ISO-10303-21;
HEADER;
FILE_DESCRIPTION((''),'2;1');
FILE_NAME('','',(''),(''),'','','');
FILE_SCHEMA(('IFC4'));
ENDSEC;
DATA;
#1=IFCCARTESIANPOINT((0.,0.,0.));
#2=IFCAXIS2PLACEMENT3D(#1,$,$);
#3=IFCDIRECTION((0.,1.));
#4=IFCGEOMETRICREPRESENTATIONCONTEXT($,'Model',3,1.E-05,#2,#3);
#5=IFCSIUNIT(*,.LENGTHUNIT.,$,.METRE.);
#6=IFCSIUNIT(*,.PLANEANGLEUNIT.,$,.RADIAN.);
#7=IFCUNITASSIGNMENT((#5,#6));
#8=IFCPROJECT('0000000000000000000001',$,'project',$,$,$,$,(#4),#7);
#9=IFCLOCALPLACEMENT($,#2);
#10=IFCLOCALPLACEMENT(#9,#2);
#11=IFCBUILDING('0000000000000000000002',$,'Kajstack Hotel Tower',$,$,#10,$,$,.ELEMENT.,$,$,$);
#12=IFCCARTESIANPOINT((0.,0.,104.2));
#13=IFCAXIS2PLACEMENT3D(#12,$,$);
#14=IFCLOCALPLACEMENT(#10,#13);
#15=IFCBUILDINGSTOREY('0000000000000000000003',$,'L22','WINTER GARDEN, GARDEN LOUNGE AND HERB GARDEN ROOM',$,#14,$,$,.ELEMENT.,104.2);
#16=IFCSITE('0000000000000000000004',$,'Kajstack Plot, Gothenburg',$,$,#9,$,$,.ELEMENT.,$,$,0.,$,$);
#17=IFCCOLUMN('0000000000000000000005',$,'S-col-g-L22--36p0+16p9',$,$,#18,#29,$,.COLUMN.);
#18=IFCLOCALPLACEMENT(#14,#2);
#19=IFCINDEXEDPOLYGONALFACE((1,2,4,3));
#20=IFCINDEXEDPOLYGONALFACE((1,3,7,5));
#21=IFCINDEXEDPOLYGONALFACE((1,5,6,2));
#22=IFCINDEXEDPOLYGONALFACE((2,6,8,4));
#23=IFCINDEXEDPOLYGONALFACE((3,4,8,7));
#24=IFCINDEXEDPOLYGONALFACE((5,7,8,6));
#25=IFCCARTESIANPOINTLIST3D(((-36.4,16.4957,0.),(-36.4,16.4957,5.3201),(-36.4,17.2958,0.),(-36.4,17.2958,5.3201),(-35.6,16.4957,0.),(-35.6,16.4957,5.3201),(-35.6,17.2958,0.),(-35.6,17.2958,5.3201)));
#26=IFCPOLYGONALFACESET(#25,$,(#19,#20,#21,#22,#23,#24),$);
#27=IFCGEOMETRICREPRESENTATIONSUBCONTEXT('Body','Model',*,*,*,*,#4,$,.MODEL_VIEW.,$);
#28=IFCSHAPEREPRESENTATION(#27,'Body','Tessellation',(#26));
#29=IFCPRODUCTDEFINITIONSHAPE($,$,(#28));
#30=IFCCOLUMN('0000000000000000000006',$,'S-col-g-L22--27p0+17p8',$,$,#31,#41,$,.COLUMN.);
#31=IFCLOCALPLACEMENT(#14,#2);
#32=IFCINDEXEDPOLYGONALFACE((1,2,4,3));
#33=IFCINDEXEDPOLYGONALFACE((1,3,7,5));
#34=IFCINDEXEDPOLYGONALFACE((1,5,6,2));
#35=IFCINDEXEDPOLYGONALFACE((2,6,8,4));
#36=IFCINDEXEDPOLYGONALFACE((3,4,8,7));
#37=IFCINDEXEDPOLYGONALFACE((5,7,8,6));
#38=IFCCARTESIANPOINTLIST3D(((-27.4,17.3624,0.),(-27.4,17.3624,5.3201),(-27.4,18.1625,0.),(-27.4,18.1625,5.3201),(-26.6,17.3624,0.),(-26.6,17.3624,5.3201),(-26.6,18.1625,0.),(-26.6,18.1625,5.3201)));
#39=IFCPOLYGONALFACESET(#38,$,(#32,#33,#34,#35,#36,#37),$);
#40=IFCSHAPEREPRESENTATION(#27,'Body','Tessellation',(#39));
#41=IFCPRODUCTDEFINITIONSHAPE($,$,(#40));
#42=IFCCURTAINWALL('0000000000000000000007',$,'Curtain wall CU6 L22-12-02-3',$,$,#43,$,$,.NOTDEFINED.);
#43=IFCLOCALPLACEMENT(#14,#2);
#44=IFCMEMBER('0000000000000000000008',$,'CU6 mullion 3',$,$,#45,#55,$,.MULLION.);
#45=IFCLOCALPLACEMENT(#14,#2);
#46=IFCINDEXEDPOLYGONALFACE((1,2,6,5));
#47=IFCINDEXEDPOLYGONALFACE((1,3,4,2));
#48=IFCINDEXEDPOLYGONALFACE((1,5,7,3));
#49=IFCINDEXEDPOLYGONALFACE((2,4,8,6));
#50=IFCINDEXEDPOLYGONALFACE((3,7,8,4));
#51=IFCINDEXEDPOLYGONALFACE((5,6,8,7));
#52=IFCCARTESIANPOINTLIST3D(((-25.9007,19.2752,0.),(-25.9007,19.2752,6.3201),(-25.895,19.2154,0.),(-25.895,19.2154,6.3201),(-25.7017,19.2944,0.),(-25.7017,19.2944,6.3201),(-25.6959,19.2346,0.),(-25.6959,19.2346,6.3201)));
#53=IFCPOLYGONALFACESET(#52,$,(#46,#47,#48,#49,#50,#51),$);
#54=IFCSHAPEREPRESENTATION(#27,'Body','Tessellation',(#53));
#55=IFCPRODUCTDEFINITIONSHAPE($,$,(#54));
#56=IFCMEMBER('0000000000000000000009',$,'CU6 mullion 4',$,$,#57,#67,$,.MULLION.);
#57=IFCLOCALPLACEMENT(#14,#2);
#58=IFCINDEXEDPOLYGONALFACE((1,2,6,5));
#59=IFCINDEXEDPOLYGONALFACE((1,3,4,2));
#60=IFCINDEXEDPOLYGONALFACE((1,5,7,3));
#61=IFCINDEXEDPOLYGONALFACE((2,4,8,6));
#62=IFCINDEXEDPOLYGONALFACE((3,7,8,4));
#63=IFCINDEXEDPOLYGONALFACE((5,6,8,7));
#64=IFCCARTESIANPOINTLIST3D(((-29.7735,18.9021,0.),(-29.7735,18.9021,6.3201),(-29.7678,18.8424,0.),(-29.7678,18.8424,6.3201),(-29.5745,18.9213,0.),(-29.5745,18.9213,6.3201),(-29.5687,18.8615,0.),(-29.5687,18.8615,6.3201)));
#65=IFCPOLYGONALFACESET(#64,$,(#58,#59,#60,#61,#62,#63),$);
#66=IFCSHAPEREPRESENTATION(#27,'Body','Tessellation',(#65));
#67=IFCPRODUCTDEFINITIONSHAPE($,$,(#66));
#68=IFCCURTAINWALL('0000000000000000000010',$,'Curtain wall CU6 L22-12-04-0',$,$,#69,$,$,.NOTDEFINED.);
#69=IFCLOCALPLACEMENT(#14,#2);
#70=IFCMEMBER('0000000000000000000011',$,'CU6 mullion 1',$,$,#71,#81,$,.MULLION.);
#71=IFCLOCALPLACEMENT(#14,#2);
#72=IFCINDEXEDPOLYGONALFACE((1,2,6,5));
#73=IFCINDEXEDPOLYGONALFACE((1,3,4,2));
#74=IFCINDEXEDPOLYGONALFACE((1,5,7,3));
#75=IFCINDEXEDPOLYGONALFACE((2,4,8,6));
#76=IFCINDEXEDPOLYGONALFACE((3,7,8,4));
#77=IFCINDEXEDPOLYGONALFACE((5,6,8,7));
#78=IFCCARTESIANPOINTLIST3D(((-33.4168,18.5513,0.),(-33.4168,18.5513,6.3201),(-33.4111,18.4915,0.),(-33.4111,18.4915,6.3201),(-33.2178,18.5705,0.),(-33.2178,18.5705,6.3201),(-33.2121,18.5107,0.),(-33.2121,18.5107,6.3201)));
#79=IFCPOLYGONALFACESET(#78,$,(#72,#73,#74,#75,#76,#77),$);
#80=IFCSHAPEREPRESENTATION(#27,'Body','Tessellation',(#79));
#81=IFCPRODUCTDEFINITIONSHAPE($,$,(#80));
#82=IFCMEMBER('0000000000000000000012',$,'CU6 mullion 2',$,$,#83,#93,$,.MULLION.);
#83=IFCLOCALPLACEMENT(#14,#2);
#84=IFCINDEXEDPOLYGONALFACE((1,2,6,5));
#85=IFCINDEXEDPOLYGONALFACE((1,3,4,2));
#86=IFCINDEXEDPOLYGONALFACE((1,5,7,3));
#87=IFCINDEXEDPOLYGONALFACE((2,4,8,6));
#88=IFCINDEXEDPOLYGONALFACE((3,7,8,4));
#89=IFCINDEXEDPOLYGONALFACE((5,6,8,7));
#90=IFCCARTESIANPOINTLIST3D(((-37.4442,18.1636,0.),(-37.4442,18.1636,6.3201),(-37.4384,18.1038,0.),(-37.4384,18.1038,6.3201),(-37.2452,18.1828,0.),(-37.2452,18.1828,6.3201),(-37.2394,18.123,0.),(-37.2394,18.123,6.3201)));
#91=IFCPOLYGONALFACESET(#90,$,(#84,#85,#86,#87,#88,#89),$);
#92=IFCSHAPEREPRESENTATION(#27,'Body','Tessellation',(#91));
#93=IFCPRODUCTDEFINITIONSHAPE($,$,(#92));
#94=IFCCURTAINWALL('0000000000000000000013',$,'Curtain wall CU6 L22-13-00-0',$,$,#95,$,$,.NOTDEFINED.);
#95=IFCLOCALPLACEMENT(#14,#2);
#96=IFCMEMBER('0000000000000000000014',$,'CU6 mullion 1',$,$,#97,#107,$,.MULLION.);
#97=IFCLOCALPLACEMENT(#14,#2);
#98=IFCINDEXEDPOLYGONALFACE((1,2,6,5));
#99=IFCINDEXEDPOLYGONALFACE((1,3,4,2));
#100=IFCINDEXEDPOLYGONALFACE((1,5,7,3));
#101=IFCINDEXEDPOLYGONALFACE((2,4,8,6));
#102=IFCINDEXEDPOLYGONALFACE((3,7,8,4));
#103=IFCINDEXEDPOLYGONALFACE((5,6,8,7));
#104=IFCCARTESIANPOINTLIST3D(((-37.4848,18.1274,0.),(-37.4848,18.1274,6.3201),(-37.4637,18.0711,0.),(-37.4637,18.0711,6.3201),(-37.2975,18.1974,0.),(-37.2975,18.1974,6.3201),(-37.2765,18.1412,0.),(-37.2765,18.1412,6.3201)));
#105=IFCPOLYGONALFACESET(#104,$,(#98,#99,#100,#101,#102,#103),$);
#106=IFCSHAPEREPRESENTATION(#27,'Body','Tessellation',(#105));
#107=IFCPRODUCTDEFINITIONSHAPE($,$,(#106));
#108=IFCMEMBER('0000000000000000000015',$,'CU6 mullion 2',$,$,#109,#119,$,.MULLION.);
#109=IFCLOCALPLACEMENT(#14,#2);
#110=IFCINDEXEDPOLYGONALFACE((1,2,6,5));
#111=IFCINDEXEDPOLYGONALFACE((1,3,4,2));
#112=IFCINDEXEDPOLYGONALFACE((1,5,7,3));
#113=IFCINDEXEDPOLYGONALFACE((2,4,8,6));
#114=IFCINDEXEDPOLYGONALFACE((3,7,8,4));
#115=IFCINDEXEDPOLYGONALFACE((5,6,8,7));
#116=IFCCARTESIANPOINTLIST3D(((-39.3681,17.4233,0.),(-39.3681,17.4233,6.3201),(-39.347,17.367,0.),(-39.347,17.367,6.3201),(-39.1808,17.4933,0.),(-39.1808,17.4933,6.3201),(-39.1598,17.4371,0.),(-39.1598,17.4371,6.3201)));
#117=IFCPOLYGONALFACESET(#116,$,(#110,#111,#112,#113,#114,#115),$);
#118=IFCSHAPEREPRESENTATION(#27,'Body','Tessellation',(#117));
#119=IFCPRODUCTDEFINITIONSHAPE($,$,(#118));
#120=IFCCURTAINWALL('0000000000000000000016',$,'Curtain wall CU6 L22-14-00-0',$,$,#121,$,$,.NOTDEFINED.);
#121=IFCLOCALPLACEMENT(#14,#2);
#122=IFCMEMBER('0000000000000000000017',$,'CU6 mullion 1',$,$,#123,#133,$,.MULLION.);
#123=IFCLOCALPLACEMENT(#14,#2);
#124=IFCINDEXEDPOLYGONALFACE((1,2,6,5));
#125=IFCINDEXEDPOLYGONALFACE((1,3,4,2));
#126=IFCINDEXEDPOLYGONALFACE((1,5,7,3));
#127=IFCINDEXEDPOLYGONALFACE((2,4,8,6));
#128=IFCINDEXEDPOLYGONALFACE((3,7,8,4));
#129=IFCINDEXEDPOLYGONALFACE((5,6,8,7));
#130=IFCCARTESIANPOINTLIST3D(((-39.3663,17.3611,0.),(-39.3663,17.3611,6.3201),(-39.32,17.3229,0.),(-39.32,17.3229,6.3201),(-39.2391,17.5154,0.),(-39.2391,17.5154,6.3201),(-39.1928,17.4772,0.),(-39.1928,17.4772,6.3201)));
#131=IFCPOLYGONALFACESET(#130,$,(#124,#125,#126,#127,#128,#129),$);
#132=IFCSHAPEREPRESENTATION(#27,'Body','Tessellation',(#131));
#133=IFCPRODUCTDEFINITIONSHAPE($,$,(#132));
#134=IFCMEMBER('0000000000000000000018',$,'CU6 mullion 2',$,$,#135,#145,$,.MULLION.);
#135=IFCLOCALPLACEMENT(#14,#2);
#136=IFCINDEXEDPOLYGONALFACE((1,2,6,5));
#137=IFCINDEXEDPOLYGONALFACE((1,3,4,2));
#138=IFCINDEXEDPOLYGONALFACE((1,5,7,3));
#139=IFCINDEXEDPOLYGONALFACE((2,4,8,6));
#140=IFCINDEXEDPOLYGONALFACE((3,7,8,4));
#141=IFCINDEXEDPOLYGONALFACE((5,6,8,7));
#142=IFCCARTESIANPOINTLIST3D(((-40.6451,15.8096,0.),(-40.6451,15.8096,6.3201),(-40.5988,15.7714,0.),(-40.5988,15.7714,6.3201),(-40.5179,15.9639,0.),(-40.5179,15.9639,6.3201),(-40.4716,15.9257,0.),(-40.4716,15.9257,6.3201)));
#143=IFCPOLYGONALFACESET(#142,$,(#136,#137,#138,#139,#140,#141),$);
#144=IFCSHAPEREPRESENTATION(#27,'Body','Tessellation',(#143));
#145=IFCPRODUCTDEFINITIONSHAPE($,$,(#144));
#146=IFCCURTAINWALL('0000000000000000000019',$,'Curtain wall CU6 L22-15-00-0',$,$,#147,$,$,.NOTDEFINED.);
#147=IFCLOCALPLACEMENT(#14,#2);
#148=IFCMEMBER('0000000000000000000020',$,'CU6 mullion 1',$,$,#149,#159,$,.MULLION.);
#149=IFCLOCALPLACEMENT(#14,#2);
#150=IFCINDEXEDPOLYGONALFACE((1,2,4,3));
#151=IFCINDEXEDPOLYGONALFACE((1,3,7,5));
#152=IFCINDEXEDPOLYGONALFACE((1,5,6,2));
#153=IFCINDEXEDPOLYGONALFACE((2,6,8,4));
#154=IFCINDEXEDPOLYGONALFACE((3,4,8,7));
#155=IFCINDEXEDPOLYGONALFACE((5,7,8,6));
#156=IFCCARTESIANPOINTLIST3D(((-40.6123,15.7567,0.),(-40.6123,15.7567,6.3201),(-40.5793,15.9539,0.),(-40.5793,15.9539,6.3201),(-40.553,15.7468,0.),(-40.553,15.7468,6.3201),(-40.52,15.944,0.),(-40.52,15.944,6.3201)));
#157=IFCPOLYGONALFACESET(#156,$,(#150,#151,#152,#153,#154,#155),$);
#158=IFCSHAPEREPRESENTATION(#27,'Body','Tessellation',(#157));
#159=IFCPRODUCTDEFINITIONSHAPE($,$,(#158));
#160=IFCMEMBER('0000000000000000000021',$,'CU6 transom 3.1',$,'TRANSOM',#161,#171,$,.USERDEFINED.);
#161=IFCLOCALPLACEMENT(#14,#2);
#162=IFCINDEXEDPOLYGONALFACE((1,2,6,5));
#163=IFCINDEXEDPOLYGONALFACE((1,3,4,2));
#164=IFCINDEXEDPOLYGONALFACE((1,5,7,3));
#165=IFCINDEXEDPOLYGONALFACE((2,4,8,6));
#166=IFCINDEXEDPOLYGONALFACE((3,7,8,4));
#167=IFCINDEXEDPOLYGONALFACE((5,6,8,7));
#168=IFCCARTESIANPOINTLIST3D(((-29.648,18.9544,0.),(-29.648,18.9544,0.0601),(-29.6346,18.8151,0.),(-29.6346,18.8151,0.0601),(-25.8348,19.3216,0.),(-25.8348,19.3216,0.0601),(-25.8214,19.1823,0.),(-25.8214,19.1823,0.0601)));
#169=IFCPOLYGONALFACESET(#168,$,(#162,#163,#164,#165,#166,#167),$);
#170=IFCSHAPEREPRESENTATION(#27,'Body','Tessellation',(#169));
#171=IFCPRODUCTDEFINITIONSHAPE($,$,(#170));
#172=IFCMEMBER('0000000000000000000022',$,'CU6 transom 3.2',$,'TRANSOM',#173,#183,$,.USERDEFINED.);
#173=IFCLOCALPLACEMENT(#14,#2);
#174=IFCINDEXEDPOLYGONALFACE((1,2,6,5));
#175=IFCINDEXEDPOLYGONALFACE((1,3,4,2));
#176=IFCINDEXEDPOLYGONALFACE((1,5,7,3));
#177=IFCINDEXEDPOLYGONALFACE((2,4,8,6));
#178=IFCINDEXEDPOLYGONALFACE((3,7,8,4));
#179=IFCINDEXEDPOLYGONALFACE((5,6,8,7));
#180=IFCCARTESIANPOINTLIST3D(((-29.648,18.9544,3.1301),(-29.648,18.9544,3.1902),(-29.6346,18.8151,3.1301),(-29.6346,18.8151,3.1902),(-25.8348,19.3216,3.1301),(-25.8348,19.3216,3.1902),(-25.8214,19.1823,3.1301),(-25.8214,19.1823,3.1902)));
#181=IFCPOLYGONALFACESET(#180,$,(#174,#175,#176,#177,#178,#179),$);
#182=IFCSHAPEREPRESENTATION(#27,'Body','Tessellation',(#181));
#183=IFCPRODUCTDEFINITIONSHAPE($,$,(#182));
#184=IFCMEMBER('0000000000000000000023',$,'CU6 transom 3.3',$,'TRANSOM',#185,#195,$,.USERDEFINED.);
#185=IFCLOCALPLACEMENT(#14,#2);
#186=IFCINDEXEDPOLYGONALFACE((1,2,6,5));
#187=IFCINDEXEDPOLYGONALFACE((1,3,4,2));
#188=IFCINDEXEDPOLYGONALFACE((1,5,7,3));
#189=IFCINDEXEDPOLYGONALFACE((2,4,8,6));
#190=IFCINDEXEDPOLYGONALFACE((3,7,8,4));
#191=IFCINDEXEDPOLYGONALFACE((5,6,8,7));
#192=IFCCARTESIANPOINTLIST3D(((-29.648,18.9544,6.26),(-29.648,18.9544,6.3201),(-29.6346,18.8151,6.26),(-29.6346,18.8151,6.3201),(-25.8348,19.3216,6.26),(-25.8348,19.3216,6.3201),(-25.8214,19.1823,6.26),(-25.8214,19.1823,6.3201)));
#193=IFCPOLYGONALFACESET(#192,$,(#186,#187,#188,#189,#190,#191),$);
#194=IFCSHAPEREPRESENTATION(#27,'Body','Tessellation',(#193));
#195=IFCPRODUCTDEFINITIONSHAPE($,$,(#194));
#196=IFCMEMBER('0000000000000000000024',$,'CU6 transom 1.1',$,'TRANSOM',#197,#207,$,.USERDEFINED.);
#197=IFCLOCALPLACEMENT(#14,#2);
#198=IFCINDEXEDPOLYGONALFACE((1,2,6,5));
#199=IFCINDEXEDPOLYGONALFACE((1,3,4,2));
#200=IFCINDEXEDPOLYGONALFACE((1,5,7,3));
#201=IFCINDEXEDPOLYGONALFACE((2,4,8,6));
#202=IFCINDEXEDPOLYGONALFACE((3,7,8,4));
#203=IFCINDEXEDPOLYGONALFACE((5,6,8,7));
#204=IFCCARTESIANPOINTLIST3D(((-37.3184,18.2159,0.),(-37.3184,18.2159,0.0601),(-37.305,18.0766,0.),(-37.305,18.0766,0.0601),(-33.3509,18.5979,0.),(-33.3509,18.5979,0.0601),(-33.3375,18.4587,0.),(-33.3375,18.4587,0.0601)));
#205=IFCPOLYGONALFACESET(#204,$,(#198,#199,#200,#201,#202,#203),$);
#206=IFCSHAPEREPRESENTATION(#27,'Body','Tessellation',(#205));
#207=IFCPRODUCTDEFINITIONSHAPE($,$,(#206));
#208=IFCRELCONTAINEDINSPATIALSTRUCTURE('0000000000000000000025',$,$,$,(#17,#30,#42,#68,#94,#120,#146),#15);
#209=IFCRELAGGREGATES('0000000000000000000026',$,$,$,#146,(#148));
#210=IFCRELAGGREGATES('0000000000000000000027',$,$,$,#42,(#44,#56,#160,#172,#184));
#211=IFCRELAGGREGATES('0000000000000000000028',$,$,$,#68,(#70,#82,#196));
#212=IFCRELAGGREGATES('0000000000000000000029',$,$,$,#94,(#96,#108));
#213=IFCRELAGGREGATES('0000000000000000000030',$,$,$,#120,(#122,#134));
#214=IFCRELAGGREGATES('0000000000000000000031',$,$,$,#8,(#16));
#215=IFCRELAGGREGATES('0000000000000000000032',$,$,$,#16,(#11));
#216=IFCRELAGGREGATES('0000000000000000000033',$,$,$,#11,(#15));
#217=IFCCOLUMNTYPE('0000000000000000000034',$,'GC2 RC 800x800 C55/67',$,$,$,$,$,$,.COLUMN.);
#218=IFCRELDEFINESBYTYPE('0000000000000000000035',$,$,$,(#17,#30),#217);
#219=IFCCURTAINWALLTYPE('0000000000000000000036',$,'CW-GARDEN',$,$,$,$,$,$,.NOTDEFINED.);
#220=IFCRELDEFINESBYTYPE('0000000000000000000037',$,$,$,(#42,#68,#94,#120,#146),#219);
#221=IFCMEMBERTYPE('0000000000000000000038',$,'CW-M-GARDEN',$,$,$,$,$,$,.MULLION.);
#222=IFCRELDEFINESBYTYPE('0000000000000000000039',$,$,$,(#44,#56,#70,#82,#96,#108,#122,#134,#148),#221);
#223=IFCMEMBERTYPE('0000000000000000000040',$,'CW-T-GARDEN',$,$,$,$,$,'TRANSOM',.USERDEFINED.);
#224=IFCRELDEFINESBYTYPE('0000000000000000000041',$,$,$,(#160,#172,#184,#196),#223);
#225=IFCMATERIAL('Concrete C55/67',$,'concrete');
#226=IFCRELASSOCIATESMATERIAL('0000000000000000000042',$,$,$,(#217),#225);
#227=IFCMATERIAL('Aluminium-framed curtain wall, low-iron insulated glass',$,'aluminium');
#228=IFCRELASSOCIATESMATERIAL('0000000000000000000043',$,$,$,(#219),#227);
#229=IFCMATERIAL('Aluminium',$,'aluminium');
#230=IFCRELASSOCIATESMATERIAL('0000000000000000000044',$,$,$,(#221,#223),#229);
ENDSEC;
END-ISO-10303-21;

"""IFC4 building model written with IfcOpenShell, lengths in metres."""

from ifc_helpers import new_model, si_unit, direction, frame, origin, origin_2d, place, context, subcontext, project, spatial, rectangle, extrude, material, material_profile, profile_set, type_object, element, aggregate, save


model = new_model("IFC4")

# Units and contexts
model_context = context("Model", 3, precision=1e-05, world=origin(), true_north=direction((0.0, 1.0)))
body_context = subcontext(model_context, "Body", "Model", "MODEL_VIEW")
ifc_project = project(units=[si_unit("LENGTHUNIT", "METRE"), si_unit("PLANEANGLEUNIT", "RADIAN")], contexts=[model_context])

# Site, building, storey
site_placement = place(None, origin())
site = spatial("IfcSite", under=ifc_project, at=site_placement, Name="Kajstack Plot, Gothenburg", CompositionType="ELEMENT", RefElevation=0.0)
building_placement = place(site_placement, origin())
building = spatial("IfcBuilding", under=site, at=building_placement, Name="Kajstack Hotel Tower", CompositionType="ELEMENT")
storey_placement = place(building_placement, frame((0.0, 0.0, 104.2)))
storey = spatial("IfcBuildingStorey", under=building, at=storey_placement, Name="L22", Description="WINTER GARDEN, GARDEN LOUNGE AND HERB GARDEN ROOM", CompositionType="ELEMENT", Elevation=104.2)

# Columns
ifc_material_1 = material(Name="Concrete C55/67", Category="concrete")
ifc_material_profile_1 = material_profile(ifc_material_1, rectangle(XDim=0.8, YDim=0.8, at=origin_2d()), Name="RC 800x800")
ifc_profile_set_1 = profile_set([ifc_material_profile_1], Name="Concrete C55/67")
column_type = type_object("IfcColumnType", Name="GC2 RC 800x800 C55/67", PredefinedType="COLUMN", material=ifc_profile_set_1)
for number, where, z_axis, x_axis, name in (
    (1, (-36.0, 16.8958, 0.0), (0.0, 0.0, 1.0), (1.0, 0.0, 0.0), "S-col-g-L22--36p0+16p9"),
    (2, (-27.0, 17.7625, 0.0), (0.0, 0.0, 1.0), (1.0, 0.0, 0.0), "S-col-g-L22--27p0+17p8"),
):
    element("IfcColumn", number, at=place(storey_placement, frame(where, z_axis=z_axis, x_axis=x_axis)), inside=storey, type_object=column_type, Name=name, PredefinedType="COLUMN", context=body_context, shape_type="SweptSolid", body=[
        extrude(rectangle(XDim=0.8, YDim=0.8, at=origin_2d()), origin(), (0.0, 0.0, 1.0), 5.3201),
    ])

# Curtain walls, members
ifc_material_2 = material(Name="Aluminium-framed curtain wall, low-iron insulated glass", Category="aluminium")
curtain_wall_type = type_object("IfcCurtainWallType", Name="CW-GARDEN", PredefinedType="NOTDEFINED", material=ifc_material_2)
curtain_wall_1_placement = place(storey_placement, origin())
curtain_wall_1 = element("IfcCurtainWall", 3, at=curtain_wall_1_placement, inside=storey, type_object=curtain_wall_type, Name="Curtain wall CU6 L22-12-02-3", PredefinedType="NOTDEFINED")
ifc_material_3 = material(Name="Aluminium", Category="aluminium")
ifc_material_profile_2 = material_profile(ifc_material_3, rectangle(XDim=0.0601, YDim=0.2, at=origin_2d()), Name="Aluminium mullion 60 x 200")
ifc_profile_set_2 = profile_set([ifc_material_profile_2], Name="Aluminium")
member_type_1 = type_object("IfcMemberType", Name="CW-M-GARDEN", PredefinedType="MULLION", material=ifc_profile_set_2)
member_1_placement = place(storey_placement, frame((-25.7983, 19.2549, 0.0), z_axis=(0.0, 0.0, 1.0), x_axis=(0.095846, -0.995396, 0.0)))
member_1 = element("IfcMember", 4, at=member_1_placement, type_object=member_type_1, Name="CU6 mullion 3", PredefinedType="MULLION", context=body_context, shape_type="SweptSolid", body=[
    extrude(rectangle(XDim=0.0601, YDim=0.2, at=origin_2d()), origin(), (0.0, 0.0, 1.0), 6.3201),
])
member_2_placement = place(storey_placement, frame((-29.6711, 18.8818, 0.0), z_axis=(0.0, 0.0, 1.0), x_axis=(0.095846, -0.995396, 0.0)))
member_2 = element("IfcMember", 5, at=member_2_placement, type_object=member_type_1, Name="CU6 mullion 4", PredefinedType="MULLION", context=body_context, shape_type="SweptSolid", body=[
    extrude(rectangle(XDim=0.0601, YDim=0.2, at=origin_2d()), origin(), (0.0, 0.0, 1.0), 6.3201),
])
curtain_wall_2_placement = place(storey_placement, origin())
curtain_wall_2 = element("IfcCurtainWall", 6, at=curtain_wall_2_placement, inside=storey, type_object=curtain_wall_type, Name="Curtain wall CU6 L22-12-04-0", PredefinedType="NOTDEFINED")
member_3_placement = place(storey_placement, frame((-33.3145, 18.531, 0.0), z_axis=(0.0, 0.0, 1.0), x_axis=(0.095846, -0.995396, 0.0)))
member_3 = element("IfcMember", 7, at=member_3_placement, type_object=member_type_1, Name="CU6 mullion 1", PredefinedType="MULLION", context=body_context, shape_type="SweptSolid", body=[
    extrude(rectangle(XDim=0.0601, YDim=0.2, at=origin_2d()), origin(), (0.0, 0.0, 1.0), 6.3201),
])
member_4_placement = place(storey_placement, frame((-37.3418, 18.1433, 0.0), z_axis=(0.0, 0.0, 1.0), x_axis=(0.095846, -0.995396, 0.0)))
member_4 = element("IfcMember", 8, at=member_4_placement, type_object=member_type_1, Name="CU6 mullion 2", PredefinedType="MULLION", context=body_context, shape_type="SweptSolid", body=[
    extrude(rectangle(XDim=0.0601, YDim=0.2, at=origin_2d()), origin(), (0.0, 0.0, 1.0), 6.3201),
])
curtain_wall_3_placement = place(storey_placement, origin())
curtain_wall_3 = element("IfcCurtainWall", 9, at=curtain_wall_3_placement, inside=storey, type_object=curtain_wall_type, Name="Curtain wall CU6 L22-13-00-0", PredefinedType="NOTDEFINED")
member_5_placement = place(storey_placement, frame((-37.3806, 18.1343, 0.0), z_axis=(0.0, 0.0, 1.0), x_axis=(0.350186, -0.93668, 0.0)))
member_5 = element("IfcMember", 10, at=member_5_placement, type_object=member_type_1, Name="CU6 mullion 1", PredefinedType="MULLION", context=body_context, shape_type="SweptSolid", body=[
    extrude(rectangle(XDim=0.0601, YDim=0.2, at=origin_2d()), origin(), (0.0, 0.0, 1.0), 6.3201),
])
member_6_placement = place(storey_placement, frame((-39.2639, 17.4302, 0.0), z_axis=(0.0, 0.0, 1.0), x_axis=(0.350186, -0.93668, 0.0)))
member_6 = element("IfcMember", 11, at=member_6_placement, type_object=member_type_1, Name="CU6 mullion 2", PredefinedType="MULLION", context=body_context, shape_type="SweptSolid", body=[
    extrude(rectangle(XDim=0.0601, YDim=0.2, at=origin_2d()), origin(), (0.0, 0.0, 1.0), 6.3201),
])
curtain_wall_4_placement = place(storey_placement, origin())
curtain_wall_4 = element("IfcCurtainWall", 12, at=curtain_wall_4_placement, inside=storey, type_object=curtain_wall_type, Name="Curtain wall CU6 L22-14-00-0", PredefinedType="NOTDEFINED")
member_7_placement = place(storey_placement, frame((-39.2795, 17.4192, 0.0), z_axis=(0.0, 0.0, 1.0), x_axis=(0.771635, -0.636066, 0.0)))
member_7 = element("IfcMember", 13, at=member_7_placement, type_object=member_type_1, Name="CU6 mullion 1", PredefinedType="MULLION", context=body_context, shape_type="SweptSolid", body=[
    extrude(rectangle(XDim=0.0601, YDim=0.2, at=origin_2d()), origin(), (0.0, 0.0, 1.0), 6.3201),
])
member_8_placement = place(storey_placement, frame((-40.5583, 15.8677, 0.0), z_axis=(0.0, 0.0, 1.0), x_axis=(0.771635, -0.636066, 0.0)))
member_8 = element("IfcMember", 14, at=member_8_placement, type_object=member_type_1, Name="CU6 mullion 2", PredefinedType="MULLION", context=body_context, shape_type="SweptSolid", body=[
    extrude(rectangle(XDim=0.0601, YDim=0.2, at=origin_2d()), origin(), (0.0, 0.0, 1.0), 6.3201),
])

# Curtain wall, member
curtain_wall_5_placement = place(storey_placement, origin())
curtain_wall_5 = element("IfcCurtainWall", 15, at=curtain_wall_5_placement, inside=storey, type_object=curtain_wall_type, Name="Curtain wall CU6 L22-15-00-0", PredefinedType="NOTDEFINED")
member_9_placement = place(storey_placement, frame((-40.5662, 15.8503, 0.0), z_axis=(0.0, 0.0, 1.0), x_axis=(0.986289, -0.165025, 0.0)))
member_9 = element("IfcMember", 16, at=member_9_placement, type_object=member_type_1, Name="CU6 mullion 1", PredefinedType="MULLION", context=body_context, shape_type="SweptSolid", body=[
    extrude(rectangle(XDim=0.0601, YDim=0.2, at=origin_2d()), origin(), (0.0, 0.0, 1.0), 6.3201),
])

# Members
ifc_material_profile_3 = material_profile(ifc_material_3, rectangle(XDim=0.1399, YDim=0.0601, at=origin_2d()), Name="Aluminium transom 140 x 60")
ifc_profile_set_3 = profile_set([ifc_material_profile_3], Name="Aluminium")
member_type_2 = type_object("IfcMemberType", Name="CW-T-GARDEN", ElementType="TRANSOM", PredefinedType="USERDEFINED", material=ifc_profile_set_3)
member_10_placement = place(storey_placement, frame((-25.8281, 19.252, 0.03), z_axis=(-0.995396, -0.09585, 0.0), x_axis=(0.09585, -0.995396, 0.0)))
member_10 = element("IfcMember", 17, at=member_10_placement, type_object=member_type_2, Name="CU6 transom 3.1", ObjectType="TRANSOM", PredefinedType="USERDEFINED", context=body_context, shape_type="SweptSolid", body=[
    extrude(rectangle(XDim=0.1399, YDim=0.0601, at=origin_2d()), origin(), (0.0, 0.0, 1.0), 3.8308),
])
member_11_placement = place(storey_placement, frame((-25.8281, 19.252, 3.1602), z_axis=(-0.995396, -0.09585, 0.0), x_axis=(0.09585, -0.995396, 0.0)))
member_11 = element("IfcMember", 18, at=member_11_placement, type_object=member_type_2, Name="CU6 transom 3.2", ObjectType="TRANSOM", PredefinedType="USERDEFINED", context=body_context, shape_type="SweptSolid", body=[
    extrude(rectangle(XDim=0.1399, YDim=0.0601, at=origin_2d()), origin(), (0.0, 0.0, 1.0), 3.8308),
])
member_12_placement = place(storey_placement, frame((-25.8281, 19.252, 6.29), z_axis=(-0.995396, -0.09585, 0.0), x_axis=(0.09585, -0.995396, 0.0)))
member_12 = element("IfcMember", 19, at=member_12_placement, type_object=member_type_2, Name="CU6 transom 3.3", ObjectType="TRANSOM", PredefinedType="USERDEFINED", context=body_context, shape_type="SweptSolid", body=[
    extrude(rectangle(XDim=0.1399, YDim=0.0601, at=origin_2d()), origin(), (0.0, 0.0, 1.0), 3.8308),
])
member_13_placement = place(storey_placement, frame((-33.3442, 18.5283, 0.03), z_axis=(-0.995395, -0.095858, 0.0), x_axis=(0.095858, -0.995395, 0.0)))
member_13 = element("IfcMember", 20, at=member_13_placement, type_object=member_type_2, Name="CU6 transom 1.1", ObjectType="TRANSOM", PredefinedType="USERDEFINED", context=body_context, shape_type="SweptSolid", body=[
    extrude(rectangle(XDim=0.1399, YDim=0.0601, at=origin_2d()), origin(), (0.0, 0.0, 1.0), 3.9858),
])
aggregate(curtain_wall_5, [member_9])

aggregate(curtain_wall_1, [member_1, member_2, member_10, member_11, member_12])
aggregate(curtain_wall_2, [member_3, member_4, member_13])
aggregate(curtain_wall_3, [member_5, member_6])
aggregate(curtain_wall_4, [member_7, member_8])

save(model, "model.ifc")
